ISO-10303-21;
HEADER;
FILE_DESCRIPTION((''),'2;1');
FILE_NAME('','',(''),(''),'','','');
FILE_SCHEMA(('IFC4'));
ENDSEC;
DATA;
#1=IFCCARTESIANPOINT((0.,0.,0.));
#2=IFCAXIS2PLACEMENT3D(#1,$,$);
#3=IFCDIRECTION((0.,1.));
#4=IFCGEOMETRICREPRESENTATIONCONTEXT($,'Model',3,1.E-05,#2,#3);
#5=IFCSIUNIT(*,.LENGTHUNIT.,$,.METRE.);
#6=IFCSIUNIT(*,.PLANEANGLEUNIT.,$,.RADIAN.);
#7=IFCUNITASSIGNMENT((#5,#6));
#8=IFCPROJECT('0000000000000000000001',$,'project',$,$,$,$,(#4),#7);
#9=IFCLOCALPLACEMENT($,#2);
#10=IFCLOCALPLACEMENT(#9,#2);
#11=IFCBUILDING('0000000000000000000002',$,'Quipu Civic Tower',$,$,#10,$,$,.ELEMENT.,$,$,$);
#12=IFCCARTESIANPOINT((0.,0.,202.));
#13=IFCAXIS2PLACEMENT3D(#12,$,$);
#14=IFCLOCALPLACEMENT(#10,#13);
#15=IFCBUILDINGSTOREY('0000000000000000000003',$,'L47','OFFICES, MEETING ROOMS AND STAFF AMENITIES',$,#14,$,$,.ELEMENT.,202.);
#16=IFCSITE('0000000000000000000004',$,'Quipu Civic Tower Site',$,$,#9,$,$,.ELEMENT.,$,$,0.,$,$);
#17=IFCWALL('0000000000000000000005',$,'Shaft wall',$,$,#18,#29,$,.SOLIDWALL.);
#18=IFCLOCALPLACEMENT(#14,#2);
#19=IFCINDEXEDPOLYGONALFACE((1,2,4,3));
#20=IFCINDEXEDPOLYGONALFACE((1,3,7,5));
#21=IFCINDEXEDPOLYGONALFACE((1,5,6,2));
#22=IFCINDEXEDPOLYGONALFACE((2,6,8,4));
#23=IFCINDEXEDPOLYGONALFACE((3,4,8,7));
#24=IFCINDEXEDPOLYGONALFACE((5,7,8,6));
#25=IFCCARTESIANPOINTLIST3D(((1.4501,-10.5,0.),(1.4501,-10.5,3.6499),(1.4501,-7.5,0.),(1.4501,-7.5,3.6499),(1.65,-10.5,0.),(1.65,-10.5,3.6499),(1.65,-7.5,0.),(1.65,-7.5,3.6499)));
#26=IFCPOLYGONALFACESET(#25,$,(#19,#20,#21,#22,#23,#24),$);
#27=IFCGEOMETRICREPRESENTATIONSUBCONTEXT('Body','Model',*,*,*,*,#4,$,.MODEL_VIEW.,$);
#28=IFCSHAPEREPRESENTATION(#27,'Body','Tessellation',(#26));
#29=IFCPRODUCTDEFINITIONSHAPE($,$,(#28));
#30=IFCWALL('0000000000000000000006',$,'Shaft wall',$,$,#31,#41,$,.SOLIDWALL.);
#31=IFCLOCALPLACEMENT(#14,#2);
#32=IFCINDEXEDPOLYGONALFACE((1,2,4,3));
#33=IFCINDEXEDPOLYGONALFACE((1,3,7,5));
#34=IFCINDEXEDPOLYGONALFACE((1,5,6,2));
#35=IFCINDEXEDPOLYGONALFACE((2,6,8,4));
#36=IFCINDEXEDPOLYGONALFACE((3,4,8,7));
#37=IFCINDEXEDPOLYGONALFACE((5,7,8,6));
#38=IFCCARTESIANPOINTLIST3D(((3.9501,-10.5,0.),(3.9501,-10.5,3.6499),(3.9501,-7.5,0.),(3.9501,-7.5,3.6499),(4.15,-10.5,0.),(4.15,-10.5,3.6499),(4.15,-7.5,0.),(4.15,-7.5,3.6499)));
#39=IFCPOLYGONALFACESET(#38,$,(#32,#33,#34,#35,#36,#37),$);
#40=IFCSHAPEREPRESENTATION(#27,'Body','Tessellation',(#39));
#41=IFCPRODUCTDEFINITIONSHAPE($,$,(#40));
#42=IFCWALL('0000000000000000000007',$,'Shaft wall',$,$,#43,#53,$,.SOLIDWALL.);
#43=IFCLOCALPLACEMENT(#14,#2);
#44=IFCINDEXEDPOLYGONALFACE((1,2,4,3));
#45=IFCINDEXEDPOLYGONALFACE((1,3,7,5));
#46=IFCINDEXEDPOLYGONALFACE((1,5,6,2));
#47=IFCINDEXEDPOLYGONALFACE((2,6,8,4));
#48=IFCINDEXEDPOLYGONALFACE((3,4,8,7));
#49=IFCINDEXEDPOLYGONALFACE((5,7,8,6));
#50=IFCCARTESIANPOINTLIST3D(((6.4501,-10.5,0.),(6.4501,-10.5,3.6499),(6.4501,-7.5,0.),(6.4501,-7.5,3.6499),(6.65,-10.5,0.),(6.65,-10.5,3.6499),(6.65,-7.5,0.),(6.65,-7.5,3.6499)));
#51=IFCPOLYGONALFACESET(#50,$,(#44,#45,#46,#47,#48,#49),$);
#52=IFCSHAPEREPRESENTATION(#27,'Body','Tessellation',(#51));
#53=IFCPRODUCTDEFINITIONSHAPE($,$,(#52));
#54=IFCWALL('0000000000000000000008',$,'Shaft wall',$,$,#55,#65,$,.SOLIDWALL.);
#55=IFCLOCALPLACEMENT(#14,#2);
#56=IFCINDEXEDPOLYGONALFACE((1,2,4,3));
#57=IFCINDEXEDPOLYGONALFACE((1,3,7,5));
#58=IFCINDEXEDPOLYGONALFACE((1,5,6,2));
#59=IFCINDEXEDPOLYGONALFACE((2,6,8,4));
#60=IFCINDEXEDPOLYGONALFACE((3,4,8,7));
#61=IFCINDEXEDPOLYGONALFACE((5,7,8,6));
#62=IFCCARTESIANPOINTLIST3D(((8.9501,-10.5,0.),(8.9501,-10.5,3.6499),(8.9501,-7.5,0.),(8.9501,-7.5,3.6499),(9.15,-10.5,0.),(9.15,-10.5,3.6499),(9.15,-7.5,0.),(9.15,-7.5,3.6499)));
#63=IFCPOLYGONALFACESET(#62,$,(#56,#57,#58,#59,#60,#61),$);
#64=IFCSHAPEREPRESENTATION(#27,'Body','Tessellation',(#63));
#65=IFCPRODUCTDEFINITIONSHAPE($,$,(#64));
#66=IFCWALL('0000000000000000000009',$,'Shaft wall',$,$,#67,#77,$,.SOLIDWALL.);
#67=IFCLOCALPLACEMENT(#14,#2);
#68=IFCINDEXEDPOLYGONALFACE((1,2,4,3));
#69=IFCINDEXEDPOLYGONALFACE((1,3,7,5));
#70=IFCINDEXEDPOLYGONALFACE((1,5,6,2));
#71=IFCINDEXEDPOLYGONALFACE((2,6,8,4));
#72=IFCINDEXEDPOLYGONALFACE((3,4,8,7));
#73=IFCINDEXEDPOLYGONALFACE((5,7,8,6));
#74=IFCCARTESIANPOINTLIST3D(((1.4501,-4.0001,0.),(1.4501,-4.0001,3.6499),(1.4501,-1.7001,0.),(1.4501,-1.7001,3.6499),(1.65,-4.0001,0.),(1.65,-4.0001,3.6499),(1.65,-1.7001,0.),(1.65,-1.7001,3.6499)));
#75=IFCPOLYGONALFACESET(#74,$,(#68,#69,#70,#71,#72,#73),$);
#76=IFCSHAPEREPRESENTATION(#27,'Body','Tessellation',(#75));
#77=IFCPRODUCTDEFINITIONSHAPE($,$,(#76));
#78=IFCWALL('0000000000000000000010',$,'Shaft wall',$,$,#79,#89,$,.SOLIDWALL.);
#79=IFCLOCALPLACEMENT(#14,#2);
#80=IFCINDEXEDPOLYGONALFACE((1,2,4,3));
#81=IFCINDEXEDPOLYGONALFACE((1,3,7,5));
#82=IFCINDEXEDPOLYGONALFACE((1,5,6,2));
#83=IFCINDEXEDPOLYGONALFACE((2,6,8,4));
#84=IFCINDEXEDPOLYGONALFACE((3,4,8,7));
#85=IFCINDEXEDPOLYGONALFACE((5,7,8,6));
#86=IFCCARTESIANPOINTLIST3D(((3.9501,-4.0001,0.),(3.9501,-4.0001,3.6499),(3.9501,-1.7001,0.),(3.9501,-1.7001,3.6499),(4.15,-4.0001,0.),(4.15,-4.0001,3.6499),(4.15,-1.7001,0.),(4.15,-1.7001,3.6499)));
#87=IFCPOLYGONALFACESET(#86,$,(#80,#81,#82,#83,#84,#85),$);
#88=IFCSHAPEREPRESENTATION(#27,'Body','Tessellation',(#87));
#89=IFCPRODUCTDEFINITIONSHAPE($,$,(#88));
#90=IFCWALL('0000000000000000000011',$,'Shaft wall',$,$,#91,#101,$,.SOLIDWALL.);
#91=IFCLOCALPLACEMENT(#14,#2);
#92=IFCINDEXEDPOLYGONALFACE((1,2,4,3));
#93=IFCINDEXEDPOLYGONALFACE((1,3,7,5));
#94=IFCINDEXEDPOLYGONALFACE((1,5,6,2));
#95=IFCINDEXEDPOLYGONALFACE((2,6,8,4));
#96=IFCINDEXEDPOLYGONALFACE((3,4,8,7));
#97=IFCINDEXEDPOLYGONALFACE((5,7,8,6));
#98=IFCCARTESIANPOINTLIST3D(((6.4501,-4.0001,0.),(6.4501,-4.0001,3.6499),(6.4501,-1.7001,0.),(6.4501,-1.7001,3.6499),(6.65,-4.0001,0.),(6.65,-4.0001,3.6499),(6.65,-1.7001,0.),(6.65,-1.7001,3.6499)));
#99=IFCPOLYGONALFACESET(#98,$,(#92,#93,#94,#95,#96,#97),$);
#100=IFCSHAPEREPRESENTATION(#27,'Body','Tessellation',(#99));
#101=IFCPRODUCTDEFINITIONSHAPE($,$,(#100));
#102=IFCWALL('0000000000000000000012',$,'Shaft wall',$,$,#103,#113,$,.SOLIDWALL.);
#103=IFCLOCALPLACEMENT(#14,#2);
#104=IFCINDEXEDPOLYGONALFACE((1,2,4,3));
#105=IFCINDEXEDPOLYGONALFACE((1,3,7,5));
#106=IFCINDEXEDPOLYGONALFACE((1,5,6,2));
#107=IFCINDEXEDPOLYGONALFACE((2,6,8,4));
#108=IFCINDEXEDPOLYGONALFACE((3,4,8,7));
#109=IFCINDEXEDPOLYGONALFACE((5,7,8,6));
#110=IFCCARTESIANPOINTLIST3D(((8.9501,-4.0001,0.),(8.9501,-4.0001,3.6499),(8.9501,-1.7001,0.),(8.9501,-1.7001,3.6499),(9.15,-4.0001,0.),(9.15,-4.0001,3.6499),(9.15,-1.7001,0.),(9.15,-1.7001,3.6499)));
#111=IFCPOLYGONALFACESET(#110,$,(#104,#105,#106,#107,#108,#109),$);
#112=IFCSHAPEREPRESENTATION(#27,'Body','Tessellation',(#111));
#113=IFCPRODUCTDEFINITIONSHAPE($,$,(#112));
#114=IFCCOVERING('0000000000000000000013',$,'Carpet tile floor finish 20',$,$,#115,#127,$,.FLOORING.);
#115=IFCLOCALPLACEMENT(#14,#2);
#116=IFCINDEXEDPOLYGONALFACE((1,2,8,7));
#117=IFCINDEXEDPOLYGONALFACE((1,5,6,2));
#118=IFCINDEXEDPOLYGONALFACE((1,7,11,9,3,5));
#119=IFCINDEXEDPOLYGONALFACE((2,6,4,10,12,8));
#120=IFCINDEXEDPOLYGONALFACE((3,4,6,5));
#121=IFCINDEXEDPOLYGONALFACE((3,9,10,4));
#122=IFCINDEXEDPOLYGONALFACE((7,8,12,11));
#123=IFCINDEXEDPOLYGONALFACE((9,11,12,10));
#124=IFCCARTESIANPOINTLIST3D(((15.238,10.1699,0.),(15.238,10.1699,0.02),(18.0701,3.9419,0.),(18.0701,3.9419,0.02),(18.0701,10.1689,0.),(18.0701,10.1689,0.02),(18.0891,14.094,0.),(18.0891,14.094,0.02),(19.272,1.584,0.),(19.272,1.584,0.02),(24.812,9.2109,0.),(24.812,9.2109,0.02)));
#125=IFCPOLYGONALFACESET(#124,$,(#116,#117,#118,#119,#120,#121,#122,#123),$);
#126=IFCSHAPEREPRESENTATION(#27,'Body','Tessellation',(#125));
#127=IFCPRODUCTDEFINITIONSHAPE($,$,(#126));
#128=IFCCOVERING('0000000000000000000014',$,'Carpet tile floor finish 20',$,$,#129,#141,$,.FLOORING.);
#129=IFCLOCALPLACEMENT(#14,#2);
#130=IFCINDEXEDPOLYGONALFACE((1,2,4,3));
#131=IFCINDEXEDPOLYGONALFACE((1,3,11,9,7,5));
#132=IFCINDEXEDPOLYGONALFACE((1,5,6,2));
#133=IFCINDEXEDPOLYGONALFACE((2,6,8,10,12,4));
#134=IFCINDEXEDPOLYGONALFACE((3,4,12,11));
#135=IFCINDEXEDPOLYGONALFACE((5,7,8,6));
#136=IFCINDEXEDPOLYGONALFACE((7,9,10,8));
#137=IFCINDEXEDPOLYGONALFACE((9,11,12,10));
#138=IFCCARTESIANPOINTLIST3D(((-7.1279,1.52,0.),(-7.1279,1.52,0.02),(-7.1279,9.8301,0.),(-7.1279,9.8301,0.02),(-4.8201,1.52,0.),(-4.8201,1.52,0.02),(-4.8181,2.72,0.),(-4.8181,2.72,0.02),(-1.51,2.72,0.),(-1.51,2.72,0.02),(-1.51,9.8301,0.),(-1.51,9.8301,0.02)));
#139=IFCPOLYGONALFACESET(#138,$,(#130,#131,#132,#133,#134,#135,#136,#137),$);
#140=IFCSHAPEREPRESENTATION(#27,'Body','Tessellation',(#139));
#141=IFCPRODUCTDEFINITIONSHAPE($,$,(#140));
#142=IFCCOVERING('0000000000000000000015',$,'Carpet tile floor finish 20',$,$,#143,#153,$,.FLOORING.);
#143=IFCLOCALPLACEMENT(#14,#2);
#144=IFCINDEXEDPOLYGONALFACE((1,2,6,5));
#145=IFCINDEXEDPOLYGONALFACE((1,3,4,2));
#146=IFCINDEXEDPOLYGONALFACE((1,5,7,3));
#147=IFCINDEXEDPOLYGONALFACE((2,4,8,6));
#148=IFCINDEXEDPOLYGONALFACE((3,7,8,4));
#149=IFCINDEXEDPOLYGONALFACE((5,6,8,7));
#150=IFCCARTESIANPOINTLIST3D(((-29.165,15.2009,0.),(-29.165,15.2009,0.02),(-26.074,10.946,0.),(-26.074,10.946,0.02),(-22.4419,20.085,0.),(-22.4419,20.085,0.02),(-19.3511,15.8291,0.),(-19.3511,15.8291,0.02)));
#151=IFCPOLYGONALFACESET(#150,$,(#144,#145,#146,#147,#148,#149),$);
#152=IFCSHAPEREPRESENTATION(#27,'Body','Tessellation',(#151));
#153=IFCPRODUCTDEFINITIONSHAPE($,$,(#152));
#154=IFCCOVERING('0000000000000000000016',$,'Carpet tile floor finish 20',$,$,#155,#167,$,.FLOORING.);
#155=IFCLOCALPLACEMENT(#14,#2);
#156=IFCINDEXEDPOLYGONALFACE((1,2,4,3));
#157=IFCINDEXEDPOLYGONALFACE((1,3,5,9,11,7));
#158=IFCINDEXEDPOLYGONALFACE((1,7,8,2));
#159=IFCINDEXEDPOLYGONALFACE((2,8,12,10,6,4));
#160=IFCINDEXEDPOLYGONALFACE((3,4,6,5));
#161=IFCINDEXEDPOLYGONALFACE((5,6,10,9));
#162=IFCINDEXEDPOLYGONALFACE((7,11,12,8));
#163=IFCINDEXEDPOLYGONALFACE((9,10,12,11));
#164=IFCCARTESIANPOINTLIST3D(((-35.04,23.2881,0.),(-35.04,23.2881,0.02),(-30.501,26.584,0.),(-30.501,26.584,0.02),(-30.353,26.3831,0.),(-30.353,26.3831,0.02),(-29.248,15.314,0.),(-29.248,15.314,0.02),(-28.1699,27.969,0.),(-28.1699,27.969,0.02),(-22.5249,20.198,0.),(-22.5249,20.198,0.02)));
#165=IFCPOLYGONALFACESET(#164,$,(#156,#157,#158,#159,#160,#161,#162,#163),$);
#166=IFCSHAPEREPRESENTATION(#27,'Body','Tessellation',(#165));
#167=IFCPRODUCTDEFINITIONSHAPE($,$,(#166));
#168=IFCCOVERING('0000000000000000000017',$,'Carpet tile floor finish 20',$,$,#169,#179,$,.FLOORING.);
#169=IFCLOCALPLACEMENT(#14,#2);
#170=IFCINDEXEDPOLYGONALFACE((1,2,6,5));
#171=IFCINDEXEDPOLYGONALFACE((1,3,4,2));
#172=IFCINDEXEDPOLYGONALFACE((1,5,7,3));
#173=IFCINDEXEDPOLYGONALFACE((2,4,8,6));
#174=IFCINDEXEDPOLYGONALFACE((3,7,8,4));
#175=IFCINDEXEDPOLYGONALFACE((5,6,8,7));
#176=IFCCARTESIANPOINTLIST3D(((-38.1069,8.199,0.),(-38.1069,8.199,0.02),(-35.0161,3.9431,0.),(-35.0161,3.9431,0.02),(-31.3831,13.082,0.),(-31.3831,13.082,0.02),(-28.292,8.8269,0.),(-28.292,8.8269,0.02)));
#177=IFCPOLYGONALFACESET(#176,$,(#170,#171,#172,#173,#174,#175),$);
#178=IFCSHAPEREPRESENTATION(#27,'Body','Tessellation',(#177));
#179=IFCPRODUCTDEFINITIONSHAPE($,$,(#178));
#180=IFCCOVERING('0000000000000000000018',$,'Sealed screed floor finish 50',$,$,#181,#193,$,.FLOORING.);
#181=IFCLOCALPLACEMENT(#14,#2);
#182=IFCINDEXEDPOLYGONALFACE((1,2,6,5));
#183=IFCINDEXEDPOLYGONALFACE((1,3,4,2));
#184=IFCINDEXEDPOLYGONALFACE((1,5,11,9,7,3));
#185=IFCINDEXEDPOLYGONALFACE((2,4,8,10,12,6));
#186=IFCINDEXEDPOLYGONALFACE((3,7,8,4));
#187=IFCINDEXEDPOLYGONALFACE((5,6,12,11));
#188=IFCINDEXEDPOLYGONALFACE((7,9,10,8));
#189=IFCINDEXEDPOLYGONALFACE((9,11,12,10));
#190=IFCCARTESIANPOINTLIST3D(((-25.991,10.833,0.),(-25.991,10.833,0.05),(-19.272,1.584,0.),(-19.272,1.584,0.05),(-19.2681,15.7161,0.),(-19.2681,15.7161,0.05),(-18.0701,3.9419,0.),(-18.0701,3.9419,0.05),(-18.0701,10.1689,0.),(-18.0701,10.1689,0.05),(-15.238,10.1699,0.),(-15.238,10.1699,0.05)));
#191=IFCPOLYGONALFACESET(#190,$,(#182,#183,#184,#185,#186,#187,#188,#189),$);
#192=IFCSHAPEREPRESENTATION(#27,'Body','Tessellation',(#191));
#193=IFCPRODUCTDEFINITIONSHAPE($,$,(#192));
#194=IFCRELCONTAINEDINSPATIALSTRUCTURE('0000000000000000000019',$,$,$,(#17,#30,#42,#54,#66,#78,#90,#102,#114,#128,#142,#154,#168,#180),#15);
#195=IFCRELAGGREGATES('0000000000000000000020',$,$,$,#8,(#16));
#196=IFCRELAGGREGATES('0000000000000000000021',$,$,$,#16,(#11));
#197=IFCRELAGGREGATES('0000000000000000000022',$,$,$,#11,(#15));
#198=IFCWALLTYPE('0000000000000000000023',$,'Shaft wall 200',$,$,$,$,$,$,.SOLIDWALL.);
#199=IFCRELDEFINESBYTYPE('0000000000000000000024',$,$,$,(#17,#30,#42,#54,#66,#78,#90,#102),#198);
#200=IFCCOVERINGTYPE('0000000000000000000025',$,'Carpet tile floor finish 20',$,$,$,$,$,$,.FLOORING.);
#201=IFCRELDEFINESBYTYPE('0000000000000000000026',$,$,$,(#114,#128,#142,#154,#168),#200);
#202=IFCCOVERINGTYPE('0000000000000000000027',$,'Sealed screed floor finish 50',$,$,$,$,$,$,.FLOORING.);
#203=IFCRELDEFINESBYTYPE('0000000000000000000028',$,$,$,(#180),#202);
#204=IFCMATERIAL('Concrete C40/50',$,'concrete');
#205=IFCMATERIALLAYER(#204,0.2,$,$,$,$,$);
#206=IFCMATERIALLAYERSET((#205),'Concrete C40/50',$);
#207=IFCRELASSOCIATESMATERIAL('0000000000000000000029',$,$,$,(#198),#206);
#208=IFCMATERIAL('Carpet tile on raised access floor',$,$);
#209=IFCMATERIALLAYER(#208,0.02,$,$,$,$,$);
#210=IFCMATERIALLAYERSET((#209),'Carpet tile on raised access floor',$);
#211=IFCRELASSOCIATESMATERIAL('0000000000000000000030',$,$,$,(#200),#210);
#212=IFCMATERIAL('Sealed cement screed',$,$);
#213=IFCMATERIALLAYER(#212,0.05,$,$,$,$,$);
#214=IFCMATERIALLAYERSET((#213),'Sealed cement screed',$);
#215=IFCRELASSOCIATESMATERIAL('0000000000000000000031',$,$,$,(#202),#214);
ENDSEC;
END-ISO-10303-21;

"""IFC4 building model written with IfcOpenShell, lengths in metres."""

from ifc_helpers import new_model, si_unit, direction, frame, frame_2d, origin, place, context, subcontext, project, spatial, polyline, rectangle, outline, extrude, material, layer, layer_set, type_object, element, save


model = new_model("IFC4")

# Units and contexts
model_context = context("Model", 3, precision=1e-05, world=origin(), true_north=direction((0.0, 1.0)))
body_context = subcontext(model_context, "Body", "Model", "MODEL_VIEW")
ifc_project = project(units=[si_unit("LENGTHUNIT", "METRE"), si_unit("PLANEANGLEUNIT", "RADIAN")], contexts=[model_context])

# Site, building, storey
site_placement = place(None, origin())
site = spatial("IfcSite", under=ifc_project, at=site_placement, Name="Quipu Civic Tower Site", CompositionType="ELEMENT", RefElevation=0.0)
building_placement = place(site_placement, origin())
building = spatial("IfcBuilding", under=site, at=building_placement, Name="Quipu Civic Tower", CompositionType="ELEMENT")
storey_placement = place(building_placement, frame((0.0, 0.0, 202.0)))
storey = spatial("IfcBuildingStorey", under=building, at=storey_placement, Name="L47", Description="OFFICES, MEETING ROOMS AND STAFF AMENITIES", CompositionType="ELEMENT", Elevation=202.0)

# Walls
ifc_material_1 = material(Name="Concrete C40/50", Category="concrete")
ifc_layer_1 = layer(ifc_material_1, 0.2)
ifc_layer_set_1 = layer_set([ifc_layer_1], Name="Concrete C40/50")
wall_type_1 = type_object("IfcWallType", Name="Shaft wall 200", PredefinedType="SOLIDWALL", material=ifc_layer_set_1)
for number, where, z_axis, x_axis, name in (
    (1, (1.55, -10.5, 0.0), (0.0, 0.0, 1.0), (0.0, 1.0, 0.0), "Shaft wall"),
    (2, (4.05, -10.5, 0.0), (0.0, 0.0, 1.0), (0.0, 1.0, 0.0), "Shaft wall"),
    (3, (6.55, -10.5, 0.0), (0.0, 0.0, 1.0), (0.0, 1.0, 0.0), "Shaft wall"),
    (4, (9.05, -10.5, 0.0), (0.0, 0.0, 1.0), (0.0, 1.0, 0.0), "Shaft wall"),
):
    element("IfcWall", number, at=place(storey_placement, frame(where, z_axis=z_axis, x_axis=x_axis)), inside=storey, type_object=wall_type_1, Name=name, PredefinedType="SOLIDWALL", context=body_context, shape_type="SweptSolid", body=[
        extrude(rectangle(XDim=3.0, YDim=0.2, at=frame_2d((1.5, 0.0))), origin(), (0.0, 0.0, 1.0), 3.6499),
    ])
for number, where, z_axis, x_axis, name in (
    (5, (1.55, -4.0, 0.0), (0.0, 0.0, 1.0), (0.0, 1.0, 0.0), "Shaft wall"),
    (6, (4.05, -4.0, 0.0), (0.0, 0.0, 1.0), (0.0, 1.0, 0.0), "Shaft wall"),
    (7, (6.55, -4.0, 0.0), (0.0, 0.0, 1.0), (0.0, 1.0, 0.0), "Shaft wall"),
    (8, (9.05, -4.0, 0.0), (0.0, 0.0, 1.0), (0.0, 1.0, 0.0), "Shaft wall"),
):
    element("IfcWall", number, at=place(storey_placement, frame(where, z_axis=z_axis, x_axis=x_axis)), inside=storey, type_object=wall_type_1, Name=name, PredefinedType="SOLIDWALL", context=body_context, shape_type="SweptSolid", body=[
        extrude(rectangle(XDim=2.3, YDim=0.2, at=frame_2d((1.1499, 0.0))), origin(), (0.0, 0.0, 1.0), 3.6499),
    ])

# Coverings
ifc_material_2 = material(Name="Carpet tile on raised access floor")
ifc_layer_2 = layer(ifc_material_2, 0.02)
ifc_layer_set_2 = layer_set([ifc_layer_2], Name="Carpet tile on raised access floor")
covering_type_1 = type_object("IfcCoveringType", Name="Carpet tile floor finish 20", PredefinedType="FLOORING", material=ifc_layer_set_2)
covering_1_placement = place(storey_placement, origin())
element("IfcCovering", 9, at=covering_1_placement, inside=storey, type_object=covering_type_1, Name="Carpet tile floor finish 20", PredefinedType="FLOORING", context=body_context, shape_type="SweptSolid", body=[
    extrude(outline(polyline([(15.238, 10.1699), (18.0891, 14.094), (24.812, 9.2109), (19.272, 1.584), (18.0701, 3.9419), (18.0701, 10.1689), (15.238, 10.1699)])), origin(), (0.0, 0.0, 1.0), 0.02),
])
covering_2_placement = place(storey_placement, origin())
element("IfcCovering", 10, at=covering_2_placement, inside=storey, type_object=covering_type_1, Name="Carpet tile floor finish 20", PredefinedType="FLOORING", context=body_context, shape_type="SweptSolid", body=[
    extrude(outline(polyline([(-7.1279, 9.8301), (-1.51, 9.8301), (-1.51, 2.72), (-4.8181, 2.72), (-4.8201, 1.52), (-7.1279, 1.52), (-7.1279, 9.8301)])), origin(), (0.0, 0.0, 1.0), 0.02),
])
covering_3_placement = place(storey_placement, origin())
element("IfcCovering", 11, at=covering_3_placement, inside=storey, type_object=covering_type_1, Name="Carpet tile floor finish 20", PredefinedType="FLOORING", context=body_context, shape_type="SweptSolid", body=[
    extrude(outline(polyline([(-29.165, 15.2009), (-22.4419, 20.085), (-19.3511, 15.8291), (-26.074, 10.946), (-29.165, 15.2009)])), origin(), (0.0, 0.0, 1.0), 0.02),
])
covering_4_placement = place(storey_placement, origin())
element("IfcCovering", 12, at=covering_4_placement, inside=storey, type_object=covering_type_1, Name="Carpet tile floor finish 20", PredefinedType="FLOORING", context=body_context, shape_type="SweptSolid", body=[
    extrude(outline(polyline([(-35.04, 23.2881), (-30.501, 26.584), (-30.353, 26.3831), (-28.1699, 27.969), (-22.5249, 20.198), (-29.248, 15.314), (-35.04, 23.2881)])), origin(), (0.0, 0.0, 1.0), 0.02),
])
covering_5_placement = place(storey_placement, origin())
element("IfcCovering", 13, at=covering_5_placement, inside=storey, type_object=covering_type_1, Name="Carpet tile floor finish 20", PredefinedType="FLOORING", context=body_context, shape_type="SweptSolid", body=[
    extrude(outline(polyline([(-38.1069, 8.199), (-31.3831, 13.082), (-28.292, 8.8269), (-35.0161, 3.9431), (-38.1069, 8.199)])), origin(), (0.0, 0.0, 1.0), 0.02),
])
ifc_material_3 = material(Name="Sealed cement screed")
ifc_layer_3 = layer(ifc_material_3, 0.05)
ifc_layer_set_3 = layer_set([ifc_layer_3], Name="Sealed cement screed")
covering_type_2 = type_object("IfcCoveringType", Name="Sealed screed floor finish 50", PredefinedType="FLOORING", material=ifc_layer_set_3)
covering_6_placement = place(storey_placement, origin())
element("IfcCovering", 14, at=covering_6_placement, inside=storey, type_object=covering_type_2, Name="Sealed screed floor finish 50", PredefinedType="FLOORING", context=body_context, shape_type="SweptSolid", body=[
    extrude(outline(polyline([(-25.991, 10.833), (-19.2681, 15.7161), (-15.238, 10.1699), (-18.0701, 10.1689), (-18.0701, 3.9419), (-19.272, 1.584), (-25.991, 10.833)])), origin(), (0.0, 0.0, 1.0), 0.05),
])

save(model, "model.ifc")
